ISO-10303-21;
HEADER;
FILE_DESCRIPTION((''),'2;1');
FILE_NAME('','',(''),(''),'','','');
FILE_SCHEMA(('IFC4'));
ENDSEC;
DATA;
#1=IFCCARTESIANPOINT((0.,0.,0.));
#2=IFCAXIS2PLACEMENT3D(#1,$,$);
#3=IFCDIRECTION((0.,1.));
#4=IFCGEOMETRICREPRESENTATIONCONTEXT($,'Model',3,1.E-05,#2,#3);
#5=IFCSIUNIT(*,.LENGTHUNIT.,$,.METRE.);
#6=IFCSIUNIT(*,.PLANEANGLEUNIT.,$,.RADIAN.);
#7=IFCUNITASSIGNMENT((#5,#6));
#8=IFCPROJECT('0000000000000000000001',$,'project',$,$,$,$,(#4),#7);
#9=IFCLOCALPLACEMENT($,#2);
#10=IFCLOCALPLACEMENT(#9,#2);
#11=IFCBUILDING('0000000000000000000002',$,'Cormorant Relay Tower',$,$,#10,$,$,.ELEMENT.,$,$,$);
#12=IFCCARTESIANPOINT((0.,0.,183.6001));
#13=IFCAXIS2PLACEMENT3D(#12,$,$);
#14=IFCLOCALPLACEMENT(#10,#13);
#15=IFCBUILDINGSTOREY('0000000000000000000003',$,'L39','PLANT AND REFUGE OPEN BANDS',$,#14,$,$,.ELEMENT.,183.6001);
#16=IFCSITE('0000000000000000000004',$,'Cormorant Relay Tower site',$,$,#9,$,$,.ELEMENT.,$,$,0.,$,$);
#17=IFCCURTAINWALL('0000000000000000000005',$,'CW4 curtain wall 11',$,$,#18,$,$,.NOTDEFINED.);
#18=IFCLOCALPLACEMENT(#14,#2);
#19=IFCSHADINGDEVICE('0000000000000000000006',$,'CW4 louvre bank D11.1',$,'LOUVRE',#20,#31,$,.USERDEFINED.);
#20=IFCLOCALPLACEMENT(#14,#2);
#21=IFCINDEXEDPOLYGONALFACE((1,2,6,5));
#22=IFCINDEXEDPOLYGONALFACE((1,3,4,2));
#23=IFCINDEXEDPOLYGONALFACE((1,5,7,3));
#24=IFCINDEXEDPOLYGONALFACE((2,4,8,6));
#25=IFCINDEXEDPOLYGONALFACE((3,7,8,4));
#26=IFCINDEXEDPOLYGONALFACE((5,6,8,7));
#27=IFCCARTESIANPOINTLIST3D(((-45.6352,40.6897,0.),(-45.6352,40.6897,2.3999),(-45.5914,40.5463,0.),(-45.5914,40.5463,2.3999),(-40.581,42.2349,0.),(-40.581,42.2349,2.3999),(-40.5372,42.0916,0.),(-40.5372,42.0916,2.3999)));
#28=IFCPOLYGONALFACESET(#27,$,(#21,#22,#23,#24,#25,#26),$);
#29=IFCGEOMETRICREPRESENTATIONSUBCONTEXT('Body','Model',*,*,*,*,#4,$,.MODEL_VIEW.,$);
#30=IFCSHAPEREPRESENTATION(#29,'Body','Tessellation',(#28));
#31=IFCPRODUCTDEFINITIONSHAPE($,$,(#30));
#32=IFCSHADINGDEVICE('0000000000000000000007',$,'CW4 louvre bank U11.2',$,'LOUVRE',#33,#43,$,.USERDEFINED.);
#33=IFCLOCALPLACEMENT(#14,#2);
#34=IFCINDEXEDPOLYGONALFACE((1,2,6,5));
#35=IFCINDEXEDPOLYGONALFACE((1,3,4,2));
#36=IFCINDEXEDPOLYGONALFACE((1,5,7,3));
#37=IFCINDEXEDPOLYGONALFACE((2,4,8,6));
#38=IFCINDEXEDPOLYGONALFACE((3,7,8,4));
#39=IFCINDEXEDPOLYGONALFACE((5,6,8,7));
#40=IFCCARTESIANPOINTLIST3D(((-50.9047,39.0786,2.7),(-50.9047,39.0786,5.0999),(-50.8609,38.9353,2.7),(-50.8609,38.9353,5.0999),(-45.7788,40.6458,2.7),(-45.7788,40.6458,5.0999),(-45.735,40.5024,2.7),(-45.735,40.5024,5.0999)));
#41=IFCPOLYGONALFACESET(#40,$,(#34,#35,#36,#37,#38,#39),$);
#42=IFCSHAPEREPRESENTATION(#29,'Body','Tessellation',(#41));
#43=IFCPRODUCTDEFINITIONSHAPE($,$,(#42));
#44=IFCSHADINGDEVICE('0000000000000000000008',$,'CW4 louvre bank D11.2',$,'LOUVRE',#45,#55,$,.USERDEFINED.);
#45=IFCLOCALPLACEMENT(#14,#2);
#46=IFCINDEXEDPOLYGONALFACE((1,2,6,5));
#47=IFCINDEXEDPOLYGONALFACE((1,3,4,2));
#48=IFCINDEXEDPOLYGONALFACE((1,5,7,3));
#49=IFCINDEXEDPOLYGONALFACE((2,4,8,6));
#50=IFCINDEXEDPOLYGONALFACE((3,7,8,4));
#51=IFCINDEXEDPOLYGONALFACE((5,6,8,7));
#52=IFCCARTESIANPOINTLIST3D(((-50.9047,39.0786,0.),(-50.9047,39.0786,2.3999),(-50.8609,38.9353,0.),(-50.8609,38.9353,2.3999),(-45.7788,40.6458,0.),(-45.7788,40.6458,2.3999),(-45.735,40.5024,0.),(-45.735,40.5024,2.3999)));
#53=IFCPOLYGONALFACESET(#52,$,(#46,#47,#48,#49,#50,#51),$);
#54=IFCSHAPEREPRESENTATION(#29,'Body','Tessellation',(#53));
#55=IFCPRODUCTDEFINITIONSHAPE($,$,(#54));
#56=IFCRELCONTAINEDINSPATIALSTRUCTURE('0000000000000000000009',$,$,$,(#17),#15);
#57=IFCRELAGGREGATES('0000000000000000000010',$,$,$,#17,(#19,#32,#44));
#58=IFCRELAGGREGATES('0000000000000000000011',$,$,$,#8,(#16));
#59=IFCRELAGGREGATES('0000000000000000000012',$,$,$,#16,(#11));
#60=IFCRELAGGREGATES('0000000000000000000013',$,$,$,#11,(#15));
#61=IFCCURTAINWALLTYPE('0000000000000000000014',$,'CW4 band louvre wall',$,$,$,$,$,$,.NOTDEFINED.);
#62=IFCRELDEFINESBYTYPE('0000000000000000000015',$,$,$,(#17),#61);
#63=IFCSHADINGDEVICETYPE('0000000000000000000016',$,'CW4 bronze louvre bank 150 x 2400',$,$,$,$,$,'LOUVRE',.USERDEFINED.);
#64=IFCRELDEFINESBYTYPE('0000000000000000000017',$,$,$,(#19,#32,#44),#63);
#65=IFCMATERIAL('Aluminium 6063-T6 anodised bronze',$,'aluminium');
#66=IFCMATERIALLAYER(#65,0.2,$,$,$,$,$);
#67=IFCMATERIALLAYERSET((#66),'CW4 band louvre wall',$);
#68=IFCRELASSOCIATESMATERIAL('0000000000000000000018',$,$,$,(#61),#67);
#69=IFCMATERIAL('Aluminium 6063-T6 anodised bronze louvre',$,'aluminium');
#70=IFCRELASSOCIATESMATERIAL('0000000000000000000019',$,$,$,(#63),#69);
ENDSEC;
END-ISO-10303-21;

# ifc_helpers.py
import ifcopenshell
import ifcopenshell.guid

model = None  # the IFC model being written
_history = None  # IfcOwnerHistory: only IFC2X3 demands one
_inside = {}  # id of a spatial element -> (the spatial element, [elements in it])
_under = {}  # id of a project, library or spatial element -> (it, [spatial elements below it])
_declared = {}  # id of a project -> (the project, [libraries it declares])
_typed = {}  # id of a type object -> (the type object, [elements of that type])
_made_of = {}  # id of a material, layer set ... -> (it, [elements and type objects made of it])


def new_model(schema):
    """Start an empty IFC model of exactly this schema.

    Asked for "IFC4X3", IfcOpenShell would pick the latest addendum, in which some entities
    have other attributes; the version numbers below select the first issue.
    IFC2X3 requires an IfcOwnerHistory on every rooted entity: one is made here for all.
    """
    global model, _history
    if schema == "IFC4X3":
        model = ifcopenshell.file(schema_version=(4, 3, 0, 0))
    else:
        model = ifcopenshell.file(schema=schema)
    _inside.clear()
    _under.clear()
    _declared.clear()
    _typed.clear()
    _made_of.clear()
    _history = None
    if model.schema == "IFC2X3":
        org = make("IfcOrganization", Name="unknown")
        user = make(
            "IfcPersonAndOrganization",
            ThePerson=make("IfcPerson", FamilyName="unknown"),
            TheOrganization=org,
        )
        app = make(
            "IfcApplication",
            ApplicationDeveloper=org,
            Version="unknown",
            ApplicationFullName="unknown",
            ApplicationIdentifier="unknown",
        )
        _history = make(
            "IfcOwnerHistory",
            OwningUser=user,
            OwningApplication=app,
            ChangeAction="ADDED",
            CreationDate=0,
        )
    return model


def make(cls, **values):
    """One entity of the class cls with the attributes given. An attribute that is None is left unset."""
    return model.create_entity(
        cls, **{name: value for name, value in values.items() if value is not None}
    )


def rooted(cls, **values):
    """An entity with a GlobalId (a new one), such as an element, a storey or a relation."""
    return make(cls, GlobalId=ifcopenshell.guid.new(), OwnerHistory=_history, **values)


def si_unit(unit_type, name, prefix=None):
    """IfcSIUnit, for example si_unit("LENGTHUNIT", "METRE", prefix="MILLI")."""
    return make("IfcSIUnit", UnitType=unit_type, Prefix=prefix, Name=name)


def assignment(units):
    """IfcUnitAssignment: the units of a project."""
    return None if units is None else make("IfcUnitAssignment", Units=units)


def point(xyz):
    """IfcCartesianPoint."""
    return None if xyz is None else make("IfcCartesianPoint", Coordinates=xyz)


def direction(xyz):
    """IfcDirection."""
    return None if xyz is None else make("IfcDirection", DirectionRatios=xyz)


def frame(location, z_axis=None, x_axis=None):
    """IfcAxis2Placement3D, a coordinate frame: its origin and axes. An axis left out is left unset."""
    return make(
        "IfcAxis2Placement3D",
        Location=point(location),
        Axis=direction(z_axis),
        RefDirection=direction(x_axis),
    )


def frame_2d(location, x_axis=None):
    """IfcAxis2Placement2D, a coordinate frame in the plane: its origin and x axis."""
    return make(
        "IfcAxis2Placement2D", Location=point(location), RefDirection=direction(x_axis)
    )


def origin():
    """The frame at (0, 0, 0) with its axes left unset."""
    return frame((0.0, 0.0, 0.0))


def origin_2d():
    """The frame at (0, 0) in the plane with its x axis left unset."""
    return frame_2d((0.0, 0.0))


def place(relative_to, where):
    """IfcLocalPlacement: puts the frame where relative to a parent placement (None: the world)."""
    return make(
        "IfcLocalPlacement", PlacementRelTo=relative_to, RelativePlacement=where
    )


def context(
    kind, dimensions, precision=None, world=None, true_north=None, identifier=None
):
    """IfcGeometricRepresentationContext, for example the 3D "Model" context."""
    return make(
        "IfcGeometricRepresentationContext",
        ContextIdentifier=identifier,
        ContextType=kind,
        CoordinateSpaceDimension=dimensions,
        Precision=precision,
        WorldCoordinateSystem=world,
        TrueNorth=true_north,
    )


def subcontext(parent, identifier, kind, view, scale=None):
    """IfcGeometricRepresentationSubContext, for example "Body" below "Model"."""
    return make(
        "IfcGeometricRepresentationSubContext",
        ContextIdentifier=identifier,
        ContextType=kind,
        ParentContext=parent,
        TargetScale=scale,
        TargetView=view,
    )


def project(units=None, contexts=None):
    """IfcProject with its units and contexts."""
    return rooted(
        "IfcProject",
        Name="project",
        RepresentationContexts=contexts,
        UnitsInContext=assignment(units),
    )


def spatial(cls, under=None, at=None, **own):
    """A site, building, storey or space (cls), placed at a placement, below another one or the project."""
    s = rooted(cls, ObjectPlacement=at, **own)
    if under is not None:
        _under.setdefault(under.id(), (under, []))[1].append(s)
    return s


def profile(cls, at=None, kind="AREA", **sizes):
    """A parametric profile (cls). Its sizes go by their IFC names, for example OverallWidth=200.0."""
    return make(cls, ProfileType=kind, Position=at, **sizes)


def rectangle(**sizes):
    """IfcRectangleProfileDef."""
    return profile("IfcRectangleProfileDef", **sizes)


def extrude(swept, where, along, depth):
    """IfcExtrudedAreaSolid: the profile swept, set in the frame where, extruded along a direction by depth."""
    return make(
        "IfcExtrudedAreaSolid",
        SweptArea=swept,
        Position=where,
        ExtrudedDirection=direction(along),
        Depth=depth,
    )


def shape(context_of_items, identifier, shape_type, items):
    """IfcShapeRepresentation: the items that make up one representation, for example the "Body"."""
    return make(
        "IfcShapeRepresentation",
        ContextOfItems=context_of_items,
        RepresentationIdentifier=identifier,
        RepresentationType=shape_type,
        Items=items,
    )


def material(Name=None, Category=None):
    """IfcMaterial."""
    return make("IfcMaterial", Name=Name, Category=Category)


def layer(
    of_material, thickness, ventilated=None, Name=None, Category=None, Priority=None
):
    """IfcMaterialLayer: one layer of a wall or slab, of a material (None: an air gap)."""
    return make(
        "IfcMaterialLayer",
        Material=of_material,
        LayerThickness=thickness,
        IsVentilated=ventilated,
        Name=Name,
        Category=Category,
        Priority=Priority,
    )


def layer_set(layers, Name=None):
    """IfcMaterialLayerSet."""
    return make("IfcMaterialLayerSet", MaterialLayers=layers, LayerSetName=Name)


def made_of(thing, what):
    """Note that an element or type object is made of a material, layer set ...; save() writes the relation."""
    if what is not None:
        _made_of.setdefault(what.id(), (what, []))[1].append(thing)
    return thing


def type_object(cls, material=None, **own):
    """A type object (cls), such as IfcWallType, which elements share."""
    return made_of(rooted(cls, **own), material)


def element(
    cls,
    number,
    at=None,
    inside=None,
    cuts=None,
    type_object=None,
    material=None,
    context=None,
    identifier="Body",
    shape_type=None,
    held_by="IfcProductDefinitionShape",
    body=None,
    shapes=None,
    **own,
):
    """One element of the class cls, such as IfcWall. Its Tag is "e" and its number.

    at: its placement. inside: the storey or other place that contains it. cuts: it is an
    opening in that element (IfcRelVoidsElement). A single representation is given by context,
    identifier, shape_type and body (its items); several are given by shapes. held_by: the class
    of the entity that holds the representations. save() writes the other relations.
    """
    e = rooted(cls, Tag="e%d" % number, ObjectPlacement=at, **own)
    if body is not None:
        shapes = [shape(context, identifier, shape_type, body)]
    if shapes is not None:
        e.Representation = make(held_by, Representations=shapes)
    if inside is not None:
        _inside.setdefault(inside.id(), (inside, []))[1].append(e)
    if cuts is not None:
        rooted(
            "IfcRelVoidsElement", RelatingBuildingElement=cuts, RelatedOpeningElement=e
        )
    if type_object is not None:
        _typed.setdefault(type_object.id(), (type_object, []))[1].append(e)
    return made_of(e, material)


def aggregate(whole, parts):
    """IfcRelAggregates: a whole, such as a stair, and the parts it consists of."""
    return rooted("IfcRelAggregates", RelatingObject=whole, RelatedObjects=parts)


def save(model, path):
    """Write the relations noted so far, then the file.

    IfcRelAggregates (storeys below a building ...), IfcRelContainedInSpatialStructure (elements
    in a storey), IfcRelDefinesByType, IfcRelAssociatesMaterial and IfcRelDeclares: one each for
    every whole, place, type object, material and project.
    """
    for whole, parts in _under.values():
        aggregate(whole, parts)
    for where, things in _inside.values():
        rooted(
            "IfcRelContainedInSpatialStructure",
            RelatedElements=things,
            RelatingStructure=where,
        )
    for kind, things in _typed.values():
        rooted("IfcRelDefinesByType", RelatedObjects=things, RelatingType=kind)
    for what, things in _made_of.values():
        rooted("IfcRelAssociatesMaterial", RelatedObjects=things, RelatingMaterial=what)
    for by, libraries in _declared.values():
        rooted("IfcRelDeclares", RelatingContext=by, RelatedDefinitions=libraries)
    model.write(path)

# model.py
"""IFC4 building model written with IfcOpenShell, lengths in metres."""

from ifc_helpers import new_model, si_unit, direction, frame, origin, origin_2d, place, context, subcontext, project, spatial, rectangle, extrude, material, layer, layer_set, type_object, element, aggregate, save


model = new_model("IFC4")

# Units and contexts
model_context = context("Model", 3, precision=1e-05, world=origin(), true_north=direction((0.0, 1.0)))
body_context = subcontext(model_context, "Body", "Model", "MODEL_VIEW")
ifc_project = project(units=[si_unit("LENGTHUNIT", "METRE"), si_unit("PLANEANGLEUNIT", "RADIAN")], contexts=[model_context])

# Site, building, storey
site_placement = place(None, origin())
site = spatial("IfcSite", under=ifc_project, at=site_placement, Name="Cormorant Relay Tower site", CompositionType="ELEMENT", RefElevation=0.0)
building_placement = place(site_placement, origin())
building = spatial("IfcBuilding", under=site, at=building_placement, Name="Cormorant Relay Tower", CompositionType="ELEMENT")
storey_placement = place(building_placement, frame((0.0, 0.0, 183.6001)))
storey = spatial("IfcBuildingStorey", under=building, at=storey_placement, Name="L39", Description="PLANT AND REFUGE OPEN BANDS", CompositionType="ELEMENT", Elevation=183.6001)

# Shared definitions
ifc_material_1 = material(Name="Aluminium 6063-T6 anodised bronze", Category="aluminium")
ifc_layer_1 = layer(ifc_material_1, 0.2)
ifc_layer_set_1 = layer_set([ifc_layer_1], Name="CW4 band louvre wall")
curtain_wall_type = type_object("IfcCurtainWallType", Name="CW4 band louvre wall", PredefinedType="NOTDEFINED", material=ifc_layer_set_1)

# Curtain wall
curtain_wall_1_placement = place(storey_placement, origin())
curtain_wall_1 = element("IfcCurtainWall", 1, at=curtain_wall_1_placement, inside=storey, type_object=curtain_wall_type, Name="CW4 curtain wall 11", PredefinedType="NOTDEFINED")

# Shading devices
ifc_material_2 = material(Name="Aluminium 6063-T6 anodised bronze louvre", Category="aluminium")
shading_device_type = type_object("IfcShadingDeviceType", Name="CW4 bronze louvre bank 150 x 2400", ElementType="LOUVRE", PredefinedType="USERDEFINED", material=ifc_material_2)
shading_device_1_placement = place(storey_placement, frame((-43.0862, 41.3906, 0.0), z_axis=(0.0, 0.0, 1.0), x_axis=(-0.956305, -0.292372, 0.0)))
shading_device_1 = element("IfcShadingDevice", 2, at=shading_device_1_placement, type_object=shading_device_type, Name="CW4 louvre bank D11.1", ObjectType="LOUVRE", PredefinedType="USERDEFINED", context=body_context, shape_type="SweptSolid", body=[
    extrude(rectangle(XDim=5.2852, YDim=0.1499, at=origin_2d()), origin(), (0.0, 0.0, 1.0), 2.3999),
])
shading_device_2_placement = place(storey_placement, frame((-48.3198, 39.7905, 2.7), z_axis=(0.0, 0.0, 1.0), x_axis=(-0.956305, -0.292372, 0.0)))
shading_device_2 = element("IfcShadingDevice", 3, at=shading_device_2_placement, type_object=shading_device_type, Name="CW4 louvre bank U11.2", ObjectType="LOUVRE", PredefinedType="USERDEFINED", context=body_context, shape_type="SweptSolid", body=[
    extrude(rectangle(XDim=5.3601, YDim=0.1499, at=origin_2d()), origin(), (0.0, 0.0, 1.0), 2.3999),
])
shading_device_3_placement = place(storey_placement, frame((-48.3198, 39.7905, 0.0), z_axis=(0.0, 0.0, 1.0), x_axis=(-0.956305, -0.292372, 0.0)))
shading_device_3 = element("IfcShadingDevice", 4, at=shading_device_3_placement, type_object=shading_device_type, Name="CW4 louvre bank D11.2", ObjectType="LOUVRE", PredefinedType="USERDEFINED", context=body_context, shape_type="SweptSolid", body=[
    extrude(rectangle(XDim=5.3601, YDim=0.1499, at=origin_2d()), origin(), (0.0, 0.0, 1.0), 2.3999),
])
aggregate(curtain_wall_1, [shading_device_1, shading_device_2, shading_device_3])

save(model, "model.ifc")
